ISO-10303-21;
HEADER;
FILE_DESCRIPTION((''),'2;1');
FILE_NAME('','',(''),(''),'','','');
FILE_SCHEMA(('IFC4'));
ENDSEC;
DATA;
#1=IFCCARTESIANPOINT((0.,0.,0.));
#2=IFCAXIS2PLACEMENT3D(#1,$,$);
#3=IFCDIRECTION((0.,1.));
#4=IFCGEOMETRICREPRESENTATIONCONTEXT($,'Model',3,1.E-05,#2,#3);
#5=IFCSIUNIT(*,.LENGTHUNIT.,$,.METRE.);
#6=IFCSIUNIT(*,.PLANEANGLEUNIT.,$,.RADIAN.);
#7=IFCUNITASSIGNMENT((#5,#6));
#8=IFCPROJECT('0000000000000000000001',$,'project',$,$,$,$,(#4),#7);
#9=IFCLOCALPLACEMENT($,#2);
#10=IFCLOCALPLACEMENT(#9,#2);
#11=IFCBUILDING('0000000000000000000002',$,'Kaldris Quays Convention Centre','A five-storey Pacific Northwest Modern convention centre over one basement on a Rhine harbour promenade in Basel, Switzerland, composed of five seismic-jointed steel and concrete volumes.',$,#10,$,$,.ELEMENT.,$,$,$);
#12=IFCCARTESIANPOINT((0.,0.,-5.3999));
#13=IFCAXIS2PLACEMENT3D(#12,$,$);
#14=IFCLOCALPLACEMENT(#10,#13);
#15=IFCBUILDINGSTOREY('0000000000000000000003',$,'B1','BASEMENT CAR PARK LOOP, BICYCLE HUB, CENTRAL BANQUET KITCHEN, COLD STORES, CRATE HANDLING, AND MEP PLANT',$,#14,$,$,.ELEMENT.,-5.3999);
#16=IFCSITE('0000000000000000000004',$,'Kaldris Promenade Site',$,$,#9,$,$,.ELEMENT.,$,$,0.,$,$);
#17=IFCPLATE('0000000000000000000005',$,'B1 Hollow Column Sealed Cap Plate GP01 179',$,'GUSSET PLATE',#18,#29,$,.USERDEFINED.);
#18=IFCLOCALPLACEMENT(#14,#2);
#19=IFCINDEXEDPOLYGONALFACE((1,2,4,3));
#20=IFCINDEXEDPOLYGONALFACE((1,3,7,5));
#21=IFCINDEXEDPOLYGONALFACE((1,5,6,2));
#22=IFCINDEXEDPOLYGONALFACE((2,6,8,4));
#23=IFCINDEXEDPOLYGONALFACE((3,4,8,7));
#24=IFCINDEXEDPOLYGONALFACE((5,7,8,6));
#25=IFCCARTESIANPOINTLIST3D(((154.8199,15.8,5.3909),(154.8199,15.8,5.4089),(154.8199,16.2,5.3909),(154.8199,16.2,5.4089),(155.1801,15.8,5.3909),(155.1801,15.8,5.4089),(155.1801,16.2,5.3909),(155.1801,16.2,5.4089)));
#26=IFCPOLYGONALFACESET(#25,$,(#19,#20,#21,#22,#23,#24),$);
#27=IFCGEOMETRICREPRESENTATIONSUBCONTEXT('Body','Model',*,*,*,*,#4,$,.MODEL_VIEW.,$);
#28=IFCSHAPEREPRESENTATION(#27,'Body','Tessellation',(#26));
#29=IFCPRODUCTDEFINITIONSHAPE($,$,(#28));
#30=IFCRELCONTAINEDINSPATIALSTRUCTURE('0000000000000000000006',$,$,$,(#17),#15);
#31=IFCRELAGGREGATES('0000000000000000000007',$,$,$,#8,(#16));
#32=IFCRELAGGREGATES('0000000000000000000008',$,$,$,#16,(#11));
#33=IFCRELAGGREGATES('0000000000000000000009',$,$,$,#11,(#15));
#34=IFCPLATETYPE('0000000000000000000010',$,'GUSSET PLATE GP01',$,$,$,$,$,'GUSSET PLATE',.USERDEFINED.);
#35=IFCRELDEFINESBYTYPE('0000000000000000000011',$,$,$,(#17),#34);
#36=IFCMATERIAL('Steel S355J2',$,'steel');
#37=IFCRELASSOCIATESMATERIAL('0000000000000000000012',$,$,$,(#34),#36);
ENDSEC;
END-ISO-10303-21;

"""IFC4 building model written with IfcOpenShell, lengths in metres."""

from ifc_helpers import new_model, si_unit, direction, frame, origin, origin_2d, place, context, subcontext, project, spatial, rectangle, extrude, material, type_object, element, save


model = new_model("IFC4")

# Units and contexts
model_context = context("Model", 3, precision=1e-05, world=origin(), true_north=direction((0.0, 1.0)))
body_context = subcontext(model_context, "Body", "Model", "MODEL_VIEW")
ifc_project = project(units=[si_unit("LENGTHUNIT", "METRE"), si_unit("PLANEANGLEUNIT", "RADIAN")], contexts=[model_context])

# Site, building, storey
site_placement = place(None, origin())
site = spatial("IfcSite", under=ifc_project, at=site_placement, Name="Kaldris Promenade Site", CompositionType="ELEMENT", RefElevation=0.0)
building_placement = place(site_placement, origin())
building = spatial("IfcBuilding", under=site, at=building_placement, Name="Kaldris Quays Convention Centre", Description="A five-storey Pacific Northwest Modern convention centre over one basement on a Rhine harbour promenade in Basel, Switzerland, composed of five seismic-jointed steel and concrete volumes.", CompositionType="ELEMENT")
storey_placement = place(building_placement, frame((0.0, 0.0, -5.3999)))
storey = spatial("IfcBuildingStorey", under=building, at=storey_placement, Name="B1", Description="BASEMENT CAR PARK LOOP, BICYCLE HUB, CENTRAL BANQUET KITCHEN, COLD STORES, CRATE HANDLING, AND MEP PLANT", CompositionType="ELEMENT", Elevation=-5.3999)

# Shared definitions
ifc_material_1 = material(Name="Steel S355J2", Category="steel")

# Plate
plate_type = type_object("IfcPlateType", Name="GUSSET PLATE GP01", ElementType="GUSSET PLATE", PredefinedType="USERDEFINED", material=ifc_material_1)
plate_placement = place(storey_placement, frame((155.0, 16.0, 5.3909), z_axis=(0.0, 0.0, 1.0), x_axis=(1.0, 0.0, 0.0)))
element("IfcPlate", 1, at=plate_placement, inside=storey, type_object=plate_type, Name="B1 Hollow Column Sealed Cap Plate GP01 179", ObjectType="GUSSET PLATE", PredefinedType="USERDEFINED", context=body_context, shape_type="SweptSolid", body=[
    extrude(rectangle(XDim=0.3601, YDim=0.3999, at=origin_2d()), origin(), (0.0, 0.0, 1.0), 0.0181),
])

save(model, "model.ifc")
